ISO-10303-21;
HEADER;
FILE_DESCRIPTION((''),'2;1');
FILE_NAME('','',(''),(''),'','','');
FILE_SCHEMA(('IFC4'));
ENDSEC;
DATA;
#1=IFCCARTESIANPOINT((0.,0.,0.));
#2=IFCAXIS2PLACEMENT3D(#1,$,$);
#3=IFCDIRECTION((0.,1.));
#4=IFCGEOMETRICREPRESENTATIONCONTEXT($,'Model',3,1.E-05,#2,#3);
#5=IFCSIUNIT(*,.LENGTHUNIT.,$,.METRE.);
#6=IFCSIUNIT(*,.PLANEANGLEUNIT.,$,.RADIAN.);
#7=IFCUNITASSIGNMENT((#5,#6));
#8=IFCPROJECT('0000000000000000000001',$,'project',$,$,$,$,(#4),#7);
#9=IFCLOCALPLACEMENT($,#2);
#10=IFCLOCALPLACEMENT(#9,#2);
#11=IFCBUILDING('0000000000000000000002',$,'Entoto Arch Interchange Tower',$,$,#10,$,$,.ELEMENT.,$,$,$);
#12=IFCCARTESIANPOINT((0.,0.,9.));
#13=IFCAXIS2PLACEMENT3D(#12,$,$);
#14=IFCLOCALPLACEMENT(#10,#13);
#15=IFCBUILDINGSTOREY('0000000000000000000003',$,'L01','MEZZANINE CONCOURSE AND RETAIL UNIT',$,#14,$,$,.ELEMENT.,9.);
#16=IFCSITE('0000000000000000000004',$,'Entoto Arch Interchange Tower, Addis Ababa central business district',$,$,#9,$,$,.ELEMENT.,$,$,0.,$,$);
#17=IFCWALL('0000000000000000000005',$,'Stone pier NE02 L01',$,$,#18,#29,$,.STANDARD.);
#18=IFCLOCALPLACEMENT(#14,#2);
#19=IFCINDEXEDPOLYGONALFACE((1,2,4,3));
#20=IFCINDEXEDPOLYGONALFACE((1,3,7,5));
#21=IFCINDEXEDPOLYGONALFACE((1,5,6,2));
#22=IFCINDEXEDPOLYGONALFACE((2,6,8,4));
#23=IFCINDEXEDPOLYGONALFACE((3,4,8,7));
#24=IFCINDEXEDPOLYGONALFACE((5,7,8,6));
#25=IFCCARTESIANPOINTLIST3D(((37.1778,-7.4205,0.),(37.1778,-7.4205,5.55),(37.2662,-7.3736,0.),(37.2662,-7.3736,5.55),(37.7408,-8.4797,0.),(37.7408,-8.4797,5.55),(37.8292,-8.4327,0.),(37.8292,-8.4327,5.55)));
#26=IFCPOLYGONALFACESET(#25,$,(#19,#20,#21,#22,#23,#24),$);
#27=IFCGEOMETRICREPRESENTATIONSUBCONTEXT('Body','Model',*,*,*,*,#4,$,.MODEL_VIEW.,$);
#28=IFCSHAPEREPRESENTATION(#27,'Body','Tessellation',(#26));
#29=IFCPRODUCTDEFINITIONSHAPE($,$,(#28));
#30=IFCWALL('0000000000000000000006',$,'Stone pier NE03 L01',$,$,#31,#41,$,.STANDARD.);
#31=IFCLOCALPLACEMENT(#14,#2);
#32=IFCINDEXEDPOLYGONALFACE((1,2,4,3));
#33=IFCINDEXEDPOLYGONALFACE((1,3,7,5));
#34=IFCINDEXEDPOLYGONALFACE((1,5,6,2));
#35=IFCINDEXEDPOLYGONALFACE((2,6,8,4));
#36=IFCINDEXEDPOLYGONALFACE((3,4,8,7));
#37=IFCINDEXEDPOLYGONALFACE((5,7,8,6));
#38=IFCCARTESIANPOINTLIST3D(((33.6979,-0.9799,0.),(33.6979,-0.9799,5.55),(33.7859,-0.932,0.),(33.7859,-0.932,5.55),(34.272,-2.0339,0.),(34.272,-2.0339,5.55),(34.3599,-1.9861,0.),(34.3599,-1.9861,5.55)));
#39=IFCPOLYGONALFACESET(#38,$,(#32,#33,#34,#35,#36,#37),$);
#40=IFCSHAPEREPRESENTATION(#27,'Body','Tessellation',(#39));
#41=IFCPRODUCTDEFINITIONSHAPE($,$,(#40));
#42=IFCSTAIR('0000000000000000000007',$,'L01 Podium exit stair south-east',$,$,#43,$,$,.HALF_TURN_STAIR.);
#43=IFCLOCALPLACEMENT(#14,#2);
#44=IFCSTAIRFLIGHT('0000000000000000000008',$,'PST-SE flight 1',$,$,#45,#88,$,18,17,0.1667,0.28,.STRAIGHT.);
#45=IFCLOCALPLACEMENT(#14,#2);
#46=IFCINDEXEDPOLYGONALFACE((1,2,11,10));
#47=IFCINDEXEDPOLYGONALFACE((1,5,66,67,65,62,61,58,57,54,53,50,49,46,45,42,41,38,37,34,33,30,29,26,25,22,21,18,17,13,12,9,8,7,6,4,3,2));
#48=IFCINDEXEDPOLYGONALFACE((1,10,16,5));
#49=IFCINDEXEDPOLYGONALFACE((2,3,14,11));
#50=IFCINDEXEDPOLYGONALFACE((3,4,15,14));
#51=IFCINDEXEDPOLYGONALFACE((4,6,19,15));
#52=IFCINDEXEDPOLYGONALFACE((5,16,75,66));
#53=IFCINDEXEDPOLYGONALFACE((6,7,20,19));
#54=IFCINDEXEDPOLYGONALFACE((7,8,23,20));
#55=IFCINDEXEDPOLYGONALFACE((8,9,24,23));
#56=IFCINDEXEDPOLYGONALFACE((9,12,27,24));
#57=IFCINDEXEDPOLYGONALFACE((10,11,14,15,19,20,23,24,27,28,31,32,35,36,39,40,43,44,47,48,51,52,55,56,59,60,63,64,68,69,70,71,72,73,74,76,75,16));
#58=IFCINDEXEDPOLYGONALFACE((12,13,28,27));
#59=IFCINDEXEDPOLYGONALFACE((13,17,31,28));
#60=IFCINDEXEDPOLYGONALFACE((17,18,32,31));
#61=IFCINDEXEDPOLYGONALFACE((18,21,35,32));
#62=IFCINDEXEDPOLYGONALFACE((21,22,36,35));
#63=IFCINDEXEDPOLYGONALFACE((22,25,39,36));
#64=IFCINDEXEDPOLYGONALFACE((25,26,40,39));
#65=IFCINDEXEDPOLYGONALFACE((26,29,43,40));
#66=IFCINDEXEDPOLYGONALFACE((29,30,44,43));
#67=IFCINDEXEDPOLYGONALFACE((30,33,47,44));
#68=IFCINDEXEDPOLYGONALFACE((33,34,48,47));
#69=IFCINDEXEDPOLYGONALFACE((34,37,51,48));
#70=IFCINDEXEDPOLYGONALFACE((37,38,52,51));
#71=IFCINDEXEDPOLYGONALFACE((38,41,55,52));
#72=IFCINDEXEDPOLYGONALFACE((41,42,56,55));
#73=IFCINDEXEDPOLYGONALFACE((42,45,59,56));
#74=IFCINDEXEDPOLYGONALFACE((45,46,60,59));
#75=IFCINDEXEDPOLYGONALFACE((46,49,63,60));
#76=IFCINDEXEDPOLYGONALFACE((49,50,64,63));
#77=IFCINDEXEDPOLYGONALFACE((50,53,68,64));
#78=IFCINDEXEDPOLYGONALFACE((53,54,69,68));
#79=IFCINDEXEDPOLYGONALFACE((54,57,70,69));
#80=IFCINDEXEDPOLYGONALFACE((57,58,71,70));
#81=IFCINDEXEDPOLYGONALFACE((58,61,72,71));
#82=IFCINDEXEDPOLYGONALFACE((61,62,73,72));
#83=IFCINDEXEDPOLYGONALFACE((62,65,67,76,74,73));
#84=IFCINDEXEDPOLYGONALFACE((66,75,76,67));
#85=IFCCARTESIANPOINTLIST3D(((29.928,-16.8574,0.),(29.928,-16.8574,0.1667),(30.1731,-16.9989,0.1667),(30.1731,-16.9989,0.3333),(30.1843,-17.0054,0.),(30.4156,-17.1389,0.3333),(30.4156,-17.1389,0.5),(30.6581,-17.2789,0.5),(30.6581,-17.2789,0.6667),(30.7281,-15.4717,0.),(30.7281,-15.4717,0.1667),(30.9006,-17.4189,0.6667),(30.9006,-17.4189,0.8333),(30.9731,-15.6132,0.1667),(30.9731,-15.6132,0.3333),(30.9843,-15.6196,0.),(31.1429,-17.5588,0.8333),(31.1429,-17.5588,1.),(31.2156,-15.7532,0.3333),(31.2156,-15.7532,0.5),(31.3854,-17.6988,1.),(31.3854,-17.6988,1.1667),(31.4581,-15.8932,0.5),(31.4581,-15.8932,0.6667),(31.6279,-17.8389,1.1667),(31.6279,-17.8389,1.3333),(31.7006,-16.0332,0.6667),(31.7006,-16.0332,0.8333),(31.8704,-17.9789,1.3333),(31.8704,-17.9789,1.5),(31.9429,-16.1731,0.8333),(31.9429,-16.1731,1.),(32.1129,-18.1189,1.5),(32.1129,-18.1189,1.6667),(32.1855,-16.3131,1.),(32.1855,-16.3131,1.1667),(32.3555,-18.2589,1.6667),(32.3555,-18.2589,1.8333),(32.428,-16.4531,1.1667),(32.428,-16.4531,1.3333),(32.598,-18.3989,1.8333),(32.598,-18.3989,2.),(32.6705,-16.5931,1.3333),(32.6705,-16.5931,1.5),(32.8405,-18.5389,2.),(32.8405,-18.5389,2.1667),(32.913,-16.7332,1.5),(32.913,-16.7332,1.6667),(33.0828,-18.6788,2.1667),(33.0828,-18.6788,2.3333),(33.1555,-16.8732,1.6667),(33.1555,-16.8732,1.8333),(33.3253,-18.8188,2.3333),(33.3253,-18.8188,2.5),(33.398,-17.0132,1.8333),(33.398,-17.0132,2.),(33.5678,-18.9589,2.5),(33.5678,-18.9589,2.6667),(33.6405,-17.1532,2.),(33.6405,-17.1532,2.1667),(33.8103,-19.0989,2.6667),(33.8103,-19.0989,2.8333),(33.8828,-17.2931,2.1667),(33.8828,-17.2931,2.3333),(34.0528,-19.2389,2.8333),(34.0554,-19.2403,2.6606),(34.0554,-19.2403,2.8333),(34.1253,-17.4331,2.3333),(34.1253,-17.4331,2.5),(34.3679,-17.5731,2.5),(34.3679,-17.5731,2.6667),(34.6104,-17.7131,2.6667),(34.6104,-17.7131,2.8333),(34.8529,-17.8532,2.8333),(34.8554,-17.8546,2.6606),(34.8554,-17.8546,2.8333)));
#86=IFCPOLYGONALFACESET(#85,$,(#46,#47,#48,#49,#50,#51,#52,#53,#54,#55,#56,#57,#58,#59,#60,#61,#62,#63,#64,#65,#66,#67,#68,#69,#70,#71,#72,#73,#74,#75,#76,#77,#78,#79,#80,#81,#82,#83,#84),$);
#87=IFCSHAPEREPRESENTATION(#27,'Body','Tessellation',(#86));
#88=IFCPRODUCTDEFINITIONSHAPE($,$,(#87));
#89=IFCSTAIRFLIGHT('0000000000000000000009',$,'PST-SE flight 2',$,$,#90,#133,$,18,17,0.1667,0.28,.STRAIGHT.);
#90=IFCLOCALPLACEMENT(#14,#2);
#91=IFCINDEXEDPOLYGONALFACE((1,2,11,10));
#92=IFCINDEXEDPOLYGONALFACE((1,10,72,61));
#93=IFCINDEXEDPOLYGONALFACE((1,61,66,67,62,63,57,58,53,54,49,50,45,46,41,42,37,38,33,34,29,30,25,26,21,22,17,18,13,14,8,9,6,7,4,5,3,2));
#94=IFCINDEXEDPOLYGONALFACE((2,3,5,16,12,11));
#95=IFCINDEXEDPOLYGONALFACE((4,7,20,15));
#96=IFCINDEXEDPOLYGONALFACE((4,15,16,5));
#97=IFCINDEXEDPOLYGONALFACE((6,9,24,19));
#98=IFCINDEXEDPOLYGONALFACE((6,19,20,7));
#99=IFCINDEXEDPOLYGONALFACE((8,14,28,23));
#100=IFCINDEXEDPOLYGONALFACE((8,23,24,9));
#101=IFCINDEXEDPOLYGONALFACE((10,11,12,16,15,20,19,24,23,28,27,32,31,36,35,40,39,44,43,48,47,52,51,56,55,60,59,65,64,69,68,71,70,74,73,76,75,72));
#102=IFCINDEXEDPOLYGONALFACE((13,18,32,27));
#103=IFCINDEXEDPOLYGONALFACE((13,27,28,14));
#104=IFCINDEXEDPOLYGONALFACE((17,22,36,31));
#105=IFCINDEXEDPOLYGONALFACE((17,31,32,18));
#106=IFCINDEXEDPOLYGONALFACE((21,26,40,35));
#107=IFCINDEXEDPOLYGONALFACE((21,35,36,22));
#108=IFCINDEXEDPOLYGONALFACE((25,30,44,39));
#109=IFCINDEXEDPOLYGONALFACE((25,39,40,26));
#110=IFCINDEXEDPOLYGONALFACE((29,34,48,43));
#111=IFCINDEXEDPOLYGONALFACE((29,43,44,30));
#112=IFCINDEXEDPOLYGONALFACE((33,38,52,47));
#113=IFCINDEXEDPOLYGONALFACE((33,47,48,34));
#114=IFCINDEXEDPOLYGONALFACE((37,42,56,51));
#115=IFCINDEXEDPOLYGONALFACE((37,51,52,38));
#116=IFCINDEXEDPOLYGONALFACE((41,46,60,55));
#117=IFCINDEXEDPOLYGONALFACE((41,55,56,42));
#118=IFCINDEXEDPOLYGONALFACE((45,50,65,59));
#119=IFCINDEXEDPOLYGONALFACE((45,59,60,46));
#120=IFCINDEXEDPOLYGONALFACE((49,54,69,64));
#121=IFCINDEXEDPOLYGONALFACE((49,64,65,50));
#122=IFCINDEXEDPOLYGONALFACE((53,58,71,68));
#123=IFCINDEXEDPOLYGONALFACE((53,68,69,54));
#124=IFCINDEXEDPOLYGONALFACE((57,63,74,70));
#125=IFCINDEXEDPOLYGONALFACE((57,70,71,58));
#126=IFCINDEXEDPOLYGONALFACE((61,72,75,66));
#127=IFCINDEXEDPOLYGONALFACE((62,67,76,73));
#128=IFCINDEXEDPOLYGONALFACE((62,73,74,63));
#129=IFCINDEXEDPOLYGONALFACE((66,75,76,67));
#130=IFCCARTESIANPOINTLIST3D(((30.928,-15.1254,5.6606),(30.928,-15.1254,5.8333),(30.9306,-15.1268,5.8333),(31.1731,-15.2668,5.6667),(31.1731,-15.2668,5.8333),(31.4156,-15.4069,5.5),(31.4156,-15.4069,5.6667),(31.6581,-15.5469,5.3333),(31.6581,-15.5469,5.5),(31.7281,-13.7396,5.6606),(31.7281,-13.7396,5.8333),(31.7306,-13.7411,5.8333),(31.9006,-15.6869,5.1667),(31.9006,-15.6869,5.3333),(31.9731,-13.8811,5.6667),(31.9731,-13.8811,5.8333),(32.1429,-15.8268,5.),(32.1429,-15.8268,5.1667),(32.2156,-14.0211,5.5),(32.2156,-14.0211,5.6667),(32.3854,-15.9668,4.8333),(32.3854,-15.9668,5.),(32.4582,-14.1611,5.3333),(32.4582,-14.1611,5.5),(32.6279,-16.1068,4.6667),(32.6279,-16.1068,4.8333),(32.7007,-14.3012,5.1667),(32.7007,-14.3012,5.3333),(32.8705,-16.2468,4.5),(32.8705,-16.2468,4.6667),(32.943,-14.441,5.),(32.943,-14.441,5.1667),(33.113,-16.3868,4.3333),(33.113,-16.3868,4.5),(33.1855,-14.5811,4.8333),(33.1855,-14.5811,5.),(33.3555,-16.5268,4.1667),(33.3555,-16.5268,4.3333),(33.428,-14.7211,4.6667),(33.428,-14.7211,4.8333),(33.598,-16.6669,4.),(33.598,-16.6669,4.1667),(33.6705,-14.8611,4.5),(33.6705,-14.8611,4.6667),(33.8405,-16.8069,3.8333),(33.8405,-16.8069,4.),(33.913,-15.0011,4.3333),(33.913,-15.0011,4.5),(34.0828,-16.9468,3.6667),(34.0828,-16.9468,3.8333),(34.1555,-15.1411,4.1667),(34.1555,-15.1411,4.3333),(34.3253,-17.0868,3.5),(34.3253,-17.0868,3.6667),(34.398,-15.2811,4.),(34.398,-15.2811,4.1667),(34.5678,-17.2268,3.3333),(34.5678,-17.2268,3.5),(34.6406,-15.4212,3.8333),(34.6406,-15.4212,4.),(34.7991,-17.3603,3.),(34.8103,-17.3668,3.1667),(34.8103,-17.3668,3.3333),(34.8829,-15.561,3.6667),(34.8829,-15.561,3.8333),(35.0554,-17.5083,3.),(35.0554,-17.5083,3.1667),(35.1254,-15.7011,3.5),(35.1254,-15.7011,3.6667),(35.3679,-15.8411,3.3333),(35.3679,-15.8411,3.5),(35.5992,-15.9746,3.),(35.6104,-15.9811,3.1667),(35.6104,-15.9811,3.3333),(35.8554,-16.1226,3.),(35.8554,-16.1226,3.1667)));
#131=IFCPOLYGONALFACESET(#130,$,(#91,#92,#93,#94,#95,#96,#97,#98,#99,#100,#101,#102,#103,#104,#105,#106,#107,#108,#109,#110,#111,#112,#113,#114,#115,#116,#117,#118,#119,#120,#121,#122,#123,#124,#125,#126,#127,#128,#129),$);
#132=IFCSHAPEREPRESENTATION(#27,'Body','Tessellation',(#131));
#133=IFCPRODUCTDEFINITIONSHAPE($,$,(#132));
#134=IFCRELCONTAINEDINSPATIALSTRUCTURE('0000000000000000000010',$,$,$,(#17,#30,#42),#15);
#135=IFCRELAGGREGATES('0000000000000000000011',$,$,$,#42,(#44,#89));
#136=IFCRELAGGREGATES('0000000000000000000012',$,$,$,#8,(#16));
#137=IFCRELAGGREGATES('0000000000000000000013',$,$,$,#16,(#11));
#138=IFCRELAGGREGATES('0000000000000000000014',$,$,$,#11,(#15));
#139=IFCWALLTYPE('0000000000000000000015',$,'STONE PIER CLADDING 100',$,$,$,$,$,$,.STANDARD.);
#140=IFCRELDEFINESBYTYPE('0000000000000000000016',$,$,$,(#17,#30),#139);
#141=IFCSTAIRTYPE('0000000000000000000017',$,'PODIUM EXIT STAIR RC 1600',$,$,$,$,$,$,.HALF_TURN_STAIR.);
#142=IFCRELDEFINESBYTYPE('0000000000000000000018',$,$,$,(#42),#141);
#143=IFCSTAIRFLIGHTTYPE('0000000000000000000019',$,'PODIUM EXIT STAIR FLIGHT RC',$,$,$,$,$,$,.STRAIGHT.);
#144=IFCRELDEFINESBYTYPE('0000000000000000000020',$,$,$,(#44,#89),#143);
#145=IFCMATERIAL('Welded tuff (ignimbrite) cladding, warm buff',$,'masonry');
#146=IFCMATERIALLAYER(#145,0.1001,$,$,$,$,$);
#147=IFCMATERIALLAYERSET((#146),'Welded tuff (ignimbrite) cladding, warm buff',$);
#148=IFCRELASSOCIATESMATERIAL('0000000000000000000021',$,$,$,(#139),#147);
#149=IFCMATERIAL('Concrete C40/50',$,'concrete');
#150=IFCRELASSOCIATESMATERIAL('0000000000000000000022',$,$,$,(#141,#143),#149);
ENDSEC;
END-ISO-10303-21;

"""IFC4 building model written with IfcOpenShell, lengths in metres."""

from ifc_helpers import new_model, si_unit, direction, frame, frame_2d, origin, place, context, subcontext, project, spatial, polyline, rectangle, outline, extrude, material, layer, layer_set, type_object, element, aggregate, save


model = new_model("IFC4")

# Units and contexts
model_context = context("Model", 3, precision=1e-05, world=origin(), true_north=direction((0.0, 1.0)))
body_context = subcontext(model_context, "Body", "Model", "MODEL_VIEW")
ifc_project = project(units=[si_unit("LENGTHUNIT", "METRE"), si_unit("PLANEANGLEUNIT", "RADIAN")], contexts=[model_context])

# Site, building, storey
site_placement = place(None, origin())
site = spatial("IfcSite", under=ifc_project, at=site_placement, Name="Entoto Arch Interchange Tower, Addis Ababa central business district", CompositionType="ELEMENT", RefElevation=0.0)
building_placement = place(site_placement, origin())
building = spatial("IfcBuilding", under=site, at=building_placement, Name="Entoto Arch Interchange Tower", CompositionType="ELEMENT")
storey_placement = place(building_placement, frame((0.0, 0.0, 9.0)))
storey = spatial("IfcBuildingStorey", under=building, at=storey_placement, Name="L01", Description="MEZZANINE CONCOURSE AND RETAIL UNIT", CompositionType="ELEMENT", Elevation=9.0)

# Shared definitions
ifc_material_1 = material(Name="Concrete C40/50", Category="concrete")

# Shared definitions
ifc_material_2 = material(Name="Welded tuff (ignimbrite) cladding, warm buff", Category="masonry")

# Walls
ifc_layer_1 = layer(ifc_material_2, 0.1001)
ifc_layer_set_1 = layer_set([ifc_layer_1], Name="Welded tuff (ignimbrite) cladding, warm buff")
wall_type_1 = type_object("IfcWallType", Name="STONE PIER CLADDING 100", PredefinedType="STANDARD", material=ifc_layer_set_1)
wall_1_placement = place(storey_placement, frame((37.7849, -8.4561, 0.0), z_axis=(0.0, 0.0, 1.0), x_axis=(-0.469383, 0.882994, 0.0)))
element("IfcWall", 1, at=wall_1_placement, inside=storey, type_object=wall_type_1, Name="Stone pier NE02 L01", PredefinedType="STANDARD", context=body_context, shape_type="SweptSolid", body=[
    extrude(rectangle(XDim=1.1995, YDim=0.1001, at=frame_2d((0.5996, 0.0))), origin(), (0.0, 0.0, 1.0), 5.55),
])
wall_2_placement = place(storey_placement, frame((34.3159, -2.01, 0.0), z_axis=(0.0, 0.0, 1.0), x_axis=(-0.478268, 0.878214, 0.0)))
element("IfcWall", 2, at=wall_2_placement, inside=storey, type_object=wall_type_1, Name="Stone pier NE03 L01", PredefinedType="STANDARD", context=body_context, shape_type="SweptSolid", body=[
    extrude(rectangle(XDim=1.2002, YDim=0.1001, at=frame_2d((0.6001, 0.0))), origin(), (0.0, 0.0, 1.0), 5.55),
])

# Stair, stair flights
stair_type = type_object("IfcStairType", Name="PODIUM EXIT STAIR RC 1600", PredefinedType="HALF_TURN_STAIR", material=ifc_material_1)
stair_placement = place(storey_placement, origin())
stair = element("IfcStair", 3, at=stair_placement, inside=storey, type_object=stair_type, Name="L01 Podium exit stair south-east", PredefinedType="HALF_TURN_STAIR")
stair_flight_type = type_object("IfcStairFlightType", Name="PODIUM EXIT STAIR FLIGHT RC", PredefinedType="STRAIGHT", material=ifc_material_1)
stair_flight_1_placement = place(storey_placement, frame((30.3306, -16.166, 0.0), z_axis=(0.0, 0.0, 1.0), x_axis=(0.866025, -0.5, 0.0)))
stair_flight_1 = element("IfcStairFlight", 4, at=stair_flight_1_placement, type_object=stair_flight_type, Name="PST-SE flight 1", NumberOfRisers=18, NumberOfTreads=17, PredefinedType="STRAIGHT", RiserHeight=0.1667, TreadLength=0.28, context=body_context, shape_type="SweptSolid", body=[
    extrude(outline(polyline([(-0.0029, 0.0), (-0.0029, 0.1667), (0.28, 0.1667), (0.28, 0.3333), (0.5601, 0.3333), (0.5601, 0.5), (0.8401, 0.5), (0.8401, 0.6667), (1.1201, 0.6667), (1.1201, 0.8333), (1.3999, 0.8333), (1.3999, 1.0), (1.6799, 1.0), (1.6799, 1.1667), (1.96, 1.1667), (1.96, 1.3333), (2.24, 1.3333), (2.24, 1.5), (2.52, 1.5), (2.52, 1.6667), (2.8, 1.6667), (2.8, 1.8333), (3.0801, 1.8333), (3.0801, 2.0), (3.3601, 2.0), (3.3601, 2.1667), (3.6399, 2.1667), (3.6399, 2.3333), (3.9199, 2.3333), (3.9199, 2.5), (4.2, 2.5), (4.2, 2.6667), (4.48, 2.6667), (4.48, 2.8333), (4.76, 2.8333), (4.7629, 2.8333), (4.7629, 2.6606), (0.293, 0.0), (-0.0029, 0.0)])), frame((0.0, 0.8, 0.0), z_axis=(0.0, -1.0, 0.0), x_axis=(1.0, 0.0, 0.0)), (0.0, 0.0, 1.0), 1.6001),
])
stair_flight_2_placement = place(storey_placement, frame((35.4529, -16.814, 3.0), z_axis=(0.0, 0.0, 1.0), x_axis=(-0.866025, 0.5, 0.0)))
stair_flight_2 = element("IfcStairFlight", 5, at=stair_flight_2_placement, type_object=stair_flight_type, Name="PST-SE flight 2", NumberOfRisers=18, NumberOfTreads=17, PredefinedType="STRAIGHT", RiserHeight=0.1667, TreadLength=0.28, context=body_context, shape_type="SweptSolid", body=[
    extrude(outline(polyline([(-0.0029, 0.0), (-0.0029, 0.1667), (0.28, 0.1667), (0.28, 0.3333), (0.5601, 0.3333), (0.5601, 0.5), (0.8401, 0.5), (0.8401, 0.6667), (1.1201, 0.6667), (1.1201, 0.8333), (1.3999, 0.8333), (1.3999, 1.0), (1.6799, 1.0), (1.6799, 1.1667), (1.96, 1.1667), (1.96, 1.3333), (2.24, 1.3333), (2.24, 1.5), (2.52, 1.5), (2.52, 1.6667), (2.8, 1.6667), (2.8, 1.8333), (3.0801, 1.8333), (3.0801, 2.0), (3.3601, 2.0), (3.3601, 2.1667), (3.6399, 2.1667), (3.6399, 2.3333), (3.9199, 2.3333), (3.9199, 2.5), (4.2, 2.5), (4.2, 2.6667), (4.48, 2.6667), (4.48, 2.8333), (4.76, 2.8333), (4.7629, 2.8333), (4.7629, 2.6606), (0.293, 0.0), (-0.0029, 0.0)])), frame((0.0, 0.8, 0.0), z_axis=(0.0, -1.0, 0.0), x_axis=(1.0, 0.0, 0.0)), (0.0, 0.0, 1.0), 1.6001),
])
aggregate(stair, [stair_flight_1, stair_flight_2])

save(model, "model.ifc")
